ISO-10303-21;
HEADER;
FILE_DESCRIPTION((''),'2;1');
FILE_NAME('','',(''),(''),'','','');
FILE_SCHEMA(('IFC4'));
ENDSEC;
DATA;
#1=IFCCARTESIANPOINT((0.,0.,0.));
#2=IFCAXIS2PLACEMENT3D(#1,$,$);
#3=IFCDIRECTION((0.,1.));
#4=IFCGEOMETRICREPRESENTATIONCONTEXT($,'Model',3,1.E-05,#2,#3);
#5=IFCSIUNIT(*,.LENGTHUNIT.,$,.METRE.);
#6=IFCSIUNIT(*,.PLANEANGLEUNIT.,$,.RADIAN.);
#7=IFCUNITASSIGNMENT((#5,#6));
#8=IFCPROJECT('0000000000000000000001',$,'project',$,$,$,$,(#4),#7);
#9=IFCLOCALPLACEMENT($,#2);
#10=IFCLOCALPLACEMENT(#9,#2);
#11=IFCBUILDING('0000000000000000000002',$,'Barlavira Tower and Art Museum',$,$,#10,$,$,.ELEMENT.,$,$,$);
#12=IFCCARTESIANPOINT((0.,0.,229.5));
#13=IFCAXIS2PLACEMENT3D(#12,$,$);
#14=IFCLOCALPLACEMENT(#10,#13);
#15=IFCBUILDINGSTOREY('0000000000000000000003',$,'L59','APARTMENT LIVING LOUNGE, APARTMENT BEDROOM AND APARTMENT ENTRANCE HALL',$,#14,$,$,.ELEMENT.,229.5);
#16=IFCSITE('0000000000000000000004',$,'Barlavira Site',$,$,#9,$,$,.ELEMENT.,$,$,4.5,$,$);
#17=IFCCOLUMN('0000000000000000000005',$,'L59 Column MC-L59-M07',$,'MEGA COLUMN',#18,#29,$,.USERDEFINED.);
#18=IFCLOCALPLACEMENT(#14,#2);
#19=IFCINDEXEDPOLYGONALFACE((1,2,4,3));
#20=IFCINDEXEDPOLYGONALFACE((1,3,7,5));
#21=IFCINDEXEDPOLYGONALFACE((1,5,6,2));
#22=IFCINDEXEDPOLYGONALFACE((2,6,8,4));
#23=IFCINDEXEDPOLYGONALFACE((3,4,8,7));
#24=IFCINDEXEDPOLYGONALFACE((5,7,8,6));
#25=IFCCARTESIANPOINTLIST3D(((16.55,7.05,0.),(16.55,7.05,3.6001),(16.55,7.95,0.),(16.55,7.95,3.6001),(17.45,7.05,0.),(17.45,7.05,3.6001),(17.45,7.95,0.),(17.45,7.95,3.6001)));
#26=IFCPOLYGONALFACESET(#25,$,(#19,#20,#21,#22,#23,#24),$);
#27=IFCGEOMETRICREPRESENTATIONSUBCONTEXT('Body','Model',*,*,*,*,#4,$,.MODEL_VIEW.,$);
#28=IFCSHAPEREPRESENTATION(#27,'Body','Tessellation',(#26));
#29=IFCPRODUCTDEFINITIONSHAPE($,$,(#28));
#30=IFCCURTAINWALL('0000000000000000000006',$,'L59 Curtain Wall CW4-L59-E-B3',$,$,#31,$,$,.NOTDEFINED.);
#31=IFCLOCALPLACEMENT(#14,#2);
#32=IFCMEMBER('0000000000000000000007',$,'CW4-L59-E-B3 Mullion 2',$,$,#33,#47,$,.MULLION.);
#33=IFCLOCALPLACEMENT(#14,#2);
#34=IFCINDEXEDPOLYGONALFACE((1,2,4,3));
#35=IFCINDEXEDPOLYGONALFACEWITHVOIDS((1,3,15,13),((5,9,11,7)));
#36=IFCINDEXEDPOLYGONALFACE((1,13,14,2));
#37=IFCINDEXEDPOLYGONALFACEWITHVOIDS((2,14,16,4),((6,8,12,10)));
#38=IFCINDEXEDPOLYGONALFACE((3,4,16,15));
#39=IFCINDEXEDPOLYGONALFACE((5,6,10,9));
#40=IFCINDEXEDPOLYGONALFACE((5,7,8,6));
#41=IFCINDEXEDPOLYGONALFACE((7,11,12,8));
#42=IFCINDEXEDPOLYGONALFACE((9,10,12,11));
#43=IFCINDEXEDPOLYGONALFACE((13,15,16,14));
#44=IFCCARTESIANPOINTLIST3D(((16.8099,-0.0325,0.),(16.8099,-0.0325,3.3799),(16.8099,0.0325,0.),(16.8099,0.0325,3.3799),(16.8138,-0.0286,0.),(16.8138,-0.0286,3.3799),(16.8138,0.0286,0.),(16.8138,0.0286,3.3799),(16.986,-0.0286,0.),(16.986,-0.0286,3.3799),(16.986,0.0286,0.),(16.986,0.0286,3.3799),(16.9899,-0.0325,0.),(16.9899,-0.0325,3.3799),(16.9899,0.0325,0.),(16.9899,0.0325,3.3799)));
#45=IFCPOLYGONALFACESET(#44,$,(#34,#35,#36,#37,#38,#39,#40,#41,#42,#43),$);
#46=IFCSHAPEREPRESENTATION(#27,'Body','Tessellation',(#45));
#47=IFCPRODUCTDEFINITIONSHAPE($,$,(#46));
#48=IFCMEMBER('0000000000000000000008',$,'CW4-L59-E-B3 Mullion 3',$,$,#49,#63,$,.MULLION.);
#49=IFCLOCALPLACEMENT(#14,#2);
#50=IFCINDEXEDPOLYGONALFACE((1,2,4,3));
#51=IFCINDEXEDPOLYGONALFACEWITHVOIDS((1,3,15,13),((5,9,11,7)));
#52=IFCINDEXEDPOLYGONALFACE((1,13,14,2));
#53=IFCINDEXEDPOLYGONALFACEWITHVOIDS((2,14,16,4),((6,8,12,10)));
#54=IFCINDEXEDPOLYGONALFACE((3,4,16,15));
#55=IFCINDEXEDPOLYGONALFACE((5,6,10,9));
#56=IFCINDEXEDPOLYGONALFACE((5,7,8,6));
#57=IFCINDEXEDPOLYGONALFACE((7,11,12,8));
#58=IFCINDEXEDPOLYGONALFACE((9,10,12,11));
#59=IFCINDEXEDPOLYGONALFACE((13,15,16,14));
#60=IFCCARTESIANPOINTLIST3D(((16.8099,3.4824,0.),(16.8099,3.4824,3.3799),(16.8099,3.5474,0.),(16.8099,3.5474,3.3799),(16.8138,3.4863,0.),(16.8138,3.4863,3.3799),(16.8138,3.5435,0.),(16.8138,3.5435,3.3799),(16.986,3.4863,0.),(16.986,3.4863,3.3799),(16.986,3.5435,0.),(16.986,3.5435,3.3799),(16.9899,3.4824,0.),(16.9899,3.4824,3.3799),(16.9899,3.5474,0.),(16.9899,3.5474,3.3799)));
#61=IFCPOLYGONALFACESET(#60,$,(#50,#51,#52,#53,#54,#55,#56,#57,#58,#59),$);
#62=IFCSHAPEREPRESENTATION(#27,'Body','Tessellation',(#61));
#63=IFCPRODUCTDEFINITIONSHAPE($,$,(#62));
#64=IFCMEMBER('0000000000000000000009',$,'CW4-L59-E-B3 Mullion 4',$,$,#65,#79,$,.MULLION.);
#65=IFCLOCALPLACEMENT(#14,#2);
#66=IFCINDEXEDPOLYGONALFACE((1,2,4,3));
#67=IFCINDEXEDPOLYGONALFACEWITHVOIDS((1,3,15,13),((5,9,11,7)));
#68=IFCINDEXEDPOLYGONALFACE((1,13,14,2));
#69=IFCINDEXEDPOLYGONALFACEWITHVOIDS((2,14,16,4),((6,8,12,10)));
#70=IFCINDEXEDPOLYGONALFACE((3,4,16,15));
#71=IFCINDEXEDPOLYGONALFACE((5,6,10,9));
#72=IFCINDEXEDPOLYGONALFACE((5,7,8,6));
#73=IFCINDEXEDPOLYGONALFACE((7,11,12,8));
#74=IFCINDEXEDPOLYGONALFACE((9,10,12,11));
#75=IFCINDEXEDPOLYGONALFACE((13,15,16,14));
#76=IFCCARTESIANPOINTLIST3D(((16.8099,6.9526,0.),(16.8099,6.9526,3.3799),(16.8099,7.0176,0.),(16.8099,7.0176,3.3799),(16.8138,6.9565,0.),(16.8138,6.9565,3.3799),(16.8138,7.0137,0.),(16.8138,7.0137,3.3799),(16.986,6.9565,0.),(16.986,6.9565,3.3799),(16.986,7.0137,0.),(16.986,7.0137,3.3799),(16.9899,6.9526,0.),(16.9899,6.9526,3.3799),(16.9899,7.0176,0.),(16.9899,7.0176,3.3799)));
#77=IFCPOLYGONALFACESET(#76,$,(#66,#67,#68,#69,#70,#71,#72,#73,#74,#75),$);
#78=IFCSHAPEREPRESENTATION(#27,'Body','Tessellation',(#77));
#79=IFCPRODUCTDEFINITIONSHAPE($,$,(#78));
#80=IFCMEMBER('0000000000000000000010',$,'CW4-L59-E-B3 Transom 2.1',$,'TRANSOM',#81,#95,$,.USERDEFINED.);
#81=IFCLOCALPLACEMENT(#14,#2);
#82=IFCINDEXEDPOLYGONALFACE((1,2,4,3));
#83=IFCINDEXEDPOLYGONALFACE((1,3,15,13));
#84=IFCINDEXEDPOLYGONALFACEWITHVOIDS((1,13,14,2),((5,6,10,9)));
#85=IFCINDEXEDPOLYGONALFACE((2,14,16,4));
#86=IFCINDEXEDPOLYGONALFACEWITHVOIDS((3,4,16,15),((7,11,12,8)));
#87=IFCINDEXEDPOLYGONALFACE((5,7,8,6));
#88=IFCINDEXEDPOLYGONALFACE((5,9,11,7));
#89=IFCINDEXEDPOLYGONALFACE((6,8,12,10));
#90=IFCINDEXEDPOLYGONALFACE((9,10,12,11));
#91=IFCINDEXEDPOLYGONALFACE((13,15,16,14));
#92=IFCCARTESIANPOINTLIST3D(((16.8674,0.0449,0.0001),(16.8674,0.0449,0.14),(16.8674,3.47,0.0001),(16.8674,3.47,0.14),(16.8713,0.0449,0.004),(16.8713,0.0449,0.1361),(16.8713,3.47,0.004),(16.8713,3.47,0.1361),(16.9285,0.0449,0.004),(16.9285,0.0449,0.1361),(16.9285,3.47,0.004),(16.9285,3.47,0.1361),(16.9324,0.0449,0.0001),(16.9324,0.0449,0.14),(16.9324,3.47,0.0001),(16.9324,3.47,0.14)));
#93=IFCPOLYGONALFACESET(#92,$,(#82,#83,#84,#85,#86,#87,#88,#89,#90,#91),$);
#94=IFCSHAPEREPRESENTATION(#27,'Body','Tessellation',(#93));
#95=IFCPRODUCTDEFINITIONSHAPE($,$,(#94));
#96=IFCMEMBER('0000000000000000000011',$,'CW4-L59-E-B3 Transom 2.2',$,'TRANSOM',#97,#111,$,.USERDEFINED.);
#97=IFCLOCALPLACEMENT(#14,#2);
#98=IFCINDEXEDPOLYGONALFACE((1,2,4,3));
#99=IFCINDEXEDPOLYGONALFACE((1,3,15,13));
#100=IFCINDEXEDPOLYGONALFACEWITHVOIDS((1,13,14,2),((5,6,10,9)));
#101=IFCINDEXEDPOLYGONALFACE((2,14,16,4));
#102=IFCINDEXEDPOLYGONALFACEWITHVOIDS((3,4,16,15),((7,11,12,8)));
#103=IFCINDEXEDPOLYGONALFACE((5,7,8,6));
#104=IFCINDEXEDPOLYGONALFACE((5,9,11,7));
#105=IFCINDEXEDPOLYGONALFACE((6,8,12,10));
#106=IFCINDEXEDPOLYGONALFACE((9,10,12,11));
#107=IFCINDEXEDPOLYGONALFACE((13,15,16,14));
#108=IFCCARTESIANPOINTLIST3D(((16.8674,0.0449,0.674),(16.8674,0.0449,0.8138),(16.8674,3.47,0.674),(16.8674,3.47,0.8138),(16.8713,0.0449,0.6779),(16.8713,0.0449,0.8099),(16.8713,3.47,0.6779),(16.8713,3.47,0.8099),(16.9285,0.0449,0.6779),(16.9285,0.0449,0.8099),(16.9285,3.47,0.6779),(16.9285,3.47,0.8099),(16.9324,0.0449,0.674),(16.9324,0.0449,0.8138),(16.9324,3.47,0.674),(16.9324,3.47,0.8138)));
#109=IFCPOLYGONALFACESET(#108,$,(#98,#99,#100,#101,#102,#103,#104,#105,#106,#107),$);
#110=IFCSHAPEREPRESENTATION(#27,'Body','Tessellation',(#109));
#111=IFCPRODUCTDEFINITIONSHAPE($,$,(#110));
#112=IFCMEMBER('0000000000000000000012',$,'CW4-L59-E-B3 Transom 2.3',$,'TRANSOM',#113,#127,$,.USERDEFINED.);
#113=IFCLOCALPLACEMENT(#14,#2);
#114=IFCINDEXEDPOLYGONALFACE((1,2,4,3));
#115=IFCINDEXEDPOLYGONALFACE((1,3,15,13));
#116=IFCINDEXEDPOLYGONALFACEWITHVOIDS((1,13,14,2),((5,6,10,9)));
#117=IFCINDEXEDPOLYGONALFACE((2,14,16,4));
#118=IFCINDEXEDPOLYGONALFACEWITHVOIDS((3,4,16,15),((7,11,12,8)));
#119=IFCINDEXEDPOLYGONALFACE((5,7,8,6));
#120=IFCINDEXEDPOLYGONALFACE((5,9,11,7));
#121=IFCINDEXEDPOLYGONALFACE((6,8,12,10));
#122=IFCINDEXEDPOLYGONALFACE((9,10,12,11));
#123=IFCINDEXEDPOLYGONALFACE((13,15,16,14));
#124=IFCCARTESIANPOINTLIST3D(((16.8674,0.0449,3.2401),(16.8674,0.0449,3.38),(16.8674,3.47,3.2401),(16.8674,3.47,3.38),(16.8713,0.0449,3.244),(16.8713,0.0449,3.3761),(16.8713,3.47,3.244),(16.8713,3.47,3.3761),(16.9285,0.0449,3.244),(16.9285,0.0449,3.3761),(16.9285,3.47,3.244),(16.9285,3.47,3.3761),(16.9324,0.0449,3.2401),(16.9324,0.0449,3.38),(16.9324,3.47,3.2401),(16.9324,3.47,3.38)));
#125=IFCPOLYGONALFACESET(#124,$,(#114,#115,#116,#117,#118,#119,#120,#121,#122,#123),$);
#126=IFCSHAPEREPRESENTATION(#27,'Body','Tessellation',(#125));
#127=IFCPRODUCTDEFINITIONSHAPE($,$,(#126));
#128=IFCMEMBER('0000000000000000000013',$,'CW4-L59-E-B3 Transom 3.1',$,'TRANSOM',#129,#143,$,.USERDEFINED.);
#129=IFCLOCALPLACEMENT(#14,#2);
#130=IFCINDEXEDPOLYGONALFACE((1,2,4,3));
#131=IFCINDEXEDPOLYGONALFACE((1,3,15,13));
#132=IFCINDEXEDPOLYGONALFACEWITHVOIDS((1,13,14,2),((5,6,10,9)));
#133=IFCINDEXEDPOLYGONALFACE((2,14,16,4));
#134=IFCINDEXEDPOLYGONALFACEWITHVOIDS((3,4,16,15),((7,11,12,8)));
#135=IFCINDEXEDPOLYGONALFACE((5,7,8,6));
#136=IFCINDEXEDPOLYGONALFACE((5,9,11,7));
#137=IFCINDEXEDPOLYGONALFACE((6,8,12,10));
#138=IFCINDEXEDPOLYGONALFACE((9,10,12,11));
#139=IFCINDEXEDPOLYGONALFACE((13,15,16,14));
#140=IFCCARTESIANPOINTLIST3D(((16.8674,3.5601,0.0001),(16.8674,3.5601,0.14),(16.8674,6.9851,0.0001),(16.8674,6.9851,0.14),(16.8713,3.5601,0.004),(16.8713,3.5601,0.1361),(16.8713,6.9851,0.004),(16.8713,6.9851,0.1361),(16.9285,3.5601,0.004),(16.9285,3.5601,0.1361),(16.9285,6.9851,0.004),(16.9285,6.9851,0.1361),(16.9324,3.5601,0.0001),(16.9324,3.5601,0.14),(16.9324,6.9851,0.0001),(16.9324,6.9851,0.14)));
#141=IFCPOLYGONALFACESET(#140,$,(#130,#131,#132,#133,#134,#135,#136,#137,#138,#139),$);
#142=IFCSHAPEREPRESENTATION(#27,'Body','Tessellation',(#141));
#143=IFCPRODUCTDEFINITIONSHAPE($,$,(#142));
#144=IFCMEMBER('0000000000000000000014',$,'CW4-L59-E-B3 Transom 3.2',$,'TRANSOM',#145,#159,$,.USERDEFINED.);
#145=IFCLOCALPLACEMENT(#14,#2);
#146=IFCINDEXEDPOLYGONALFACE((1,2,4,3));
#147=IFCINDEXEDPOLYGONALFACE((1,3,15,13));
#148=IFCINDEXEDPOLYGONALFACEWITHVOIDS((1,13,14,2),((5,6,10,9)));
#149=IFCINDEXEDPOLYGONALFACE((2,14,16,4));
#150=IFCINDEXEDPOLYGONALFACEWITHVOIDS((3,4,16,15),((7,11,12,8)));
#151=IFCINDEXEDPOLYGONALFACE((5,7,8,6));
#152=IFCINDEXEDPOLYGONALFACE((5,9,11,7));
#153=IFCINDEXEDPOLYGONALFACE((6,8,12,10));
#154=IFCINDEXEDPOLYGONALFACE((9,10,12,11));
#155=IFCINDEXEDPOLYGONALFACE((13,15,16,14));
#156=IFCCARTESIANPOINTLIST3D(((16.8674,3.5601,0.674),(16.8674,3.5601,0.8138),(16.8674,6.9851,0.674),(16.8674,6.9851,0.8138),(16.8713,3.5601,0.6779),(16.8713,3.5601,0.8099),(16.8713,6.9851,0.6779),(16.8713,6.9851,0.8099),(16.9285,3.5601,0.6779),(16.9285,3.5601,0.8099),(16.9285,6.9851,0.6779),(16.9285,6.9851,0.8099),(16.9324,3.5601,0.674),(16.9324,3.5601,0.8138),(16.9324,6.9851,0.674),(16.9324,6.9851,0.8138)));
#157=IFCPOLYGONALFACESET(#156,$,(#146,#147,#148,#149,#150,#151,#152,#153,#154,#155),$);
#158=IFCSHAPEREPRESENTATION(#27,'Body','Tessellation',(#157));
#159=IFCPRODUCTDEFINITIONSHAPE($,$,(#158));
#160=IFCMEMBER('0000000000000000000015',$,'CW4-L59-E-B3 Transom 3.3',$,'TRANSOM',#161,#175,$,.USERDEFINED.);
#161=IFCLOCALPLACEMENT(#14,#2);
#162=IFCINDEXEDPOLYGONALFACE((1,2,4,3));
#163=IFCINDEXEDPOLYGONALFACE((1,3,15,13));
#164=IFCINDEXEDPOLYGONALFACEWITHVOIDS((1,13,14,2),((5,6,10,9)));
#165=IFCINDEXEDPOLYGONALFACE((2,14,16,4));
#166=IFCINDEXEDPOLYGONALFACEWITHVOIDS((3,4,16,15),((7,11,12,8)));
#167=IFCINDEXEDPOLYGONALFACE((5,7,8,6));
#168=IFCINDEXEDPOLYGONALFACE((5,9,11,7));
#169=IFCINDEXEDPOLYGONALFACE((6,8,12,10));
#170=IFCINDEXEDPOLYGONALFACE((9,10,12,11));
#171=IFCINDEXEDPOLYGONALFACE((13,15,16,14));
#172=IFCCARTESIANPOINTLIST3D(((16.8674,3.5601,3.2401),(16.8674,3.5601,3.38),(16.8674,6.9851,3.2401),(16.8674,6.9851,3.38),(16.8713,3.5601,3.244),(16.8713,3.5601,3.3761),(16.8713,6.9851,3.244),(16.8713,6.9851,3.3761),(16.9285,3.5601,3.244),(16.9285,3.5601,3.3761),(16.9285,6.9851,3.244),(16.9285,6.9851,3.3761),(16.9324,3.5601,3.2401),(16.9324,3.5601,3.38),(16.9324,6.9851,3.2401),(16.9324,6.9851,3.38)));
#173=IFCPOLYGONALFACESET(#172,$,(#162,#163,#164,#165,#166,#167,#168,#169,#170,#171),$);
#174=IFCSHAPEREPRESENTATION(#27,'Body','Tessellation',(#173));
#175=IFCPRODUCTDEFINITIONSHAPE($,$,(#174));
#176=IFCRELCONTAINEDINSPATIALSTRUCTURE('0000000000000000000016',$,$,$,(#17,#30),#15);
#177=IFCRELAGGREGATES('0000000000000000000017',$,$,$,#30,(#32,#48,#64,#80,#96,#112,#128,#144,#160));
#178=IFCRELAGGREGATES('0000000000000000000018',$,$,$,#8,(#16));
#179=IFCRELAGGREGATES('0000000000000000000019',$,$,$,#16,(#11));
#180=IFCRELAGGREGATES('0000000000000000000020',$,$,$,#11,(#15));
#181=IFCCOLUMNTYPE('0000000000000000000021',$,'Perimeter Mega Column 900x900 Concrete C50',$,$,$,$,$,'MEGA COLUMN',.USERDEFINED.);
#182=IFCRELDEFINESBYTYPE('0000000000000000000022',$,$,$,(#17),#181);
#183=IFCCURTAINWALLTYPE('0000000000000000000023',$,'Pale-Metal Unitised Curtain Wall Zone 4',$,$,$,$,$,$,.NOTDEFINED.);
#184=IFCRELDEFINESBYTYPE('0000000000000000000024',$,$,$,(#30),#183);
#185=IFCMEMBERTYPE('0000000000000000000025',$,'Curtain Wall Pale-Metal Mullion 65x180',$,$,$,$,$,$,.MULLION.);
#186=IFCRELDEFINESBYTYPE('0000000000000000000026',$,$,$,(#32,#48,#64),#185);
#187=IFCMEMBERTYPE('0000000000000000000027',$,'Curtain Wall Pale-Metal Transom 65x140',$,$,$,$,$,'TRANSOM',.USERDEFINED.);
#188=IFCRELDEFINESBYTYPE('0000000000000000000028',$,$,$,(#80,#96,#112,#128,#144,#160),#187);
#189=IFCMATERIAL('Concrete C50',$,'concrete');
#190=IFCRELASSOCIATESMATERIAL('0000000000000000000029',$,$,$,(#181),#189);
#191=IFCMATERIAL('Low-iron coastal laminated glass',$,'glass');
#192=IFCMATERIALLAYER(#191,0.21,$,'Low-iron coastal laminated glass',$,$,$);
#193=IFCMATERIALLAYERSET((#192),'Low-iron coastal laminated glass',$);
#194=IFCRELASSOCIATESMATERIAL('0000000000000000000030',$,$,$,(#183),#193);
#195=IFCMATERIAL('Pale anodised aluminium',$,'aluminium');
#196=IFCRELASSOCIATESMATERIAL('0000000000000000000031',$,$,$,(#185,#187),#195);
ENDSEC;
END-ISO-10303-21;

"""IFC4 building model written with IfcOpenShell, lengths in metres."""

from ifc_helpers import new_model, si_unit, direction, frame, origin, origin_2d, place, context, subcontext, project, spatial, rectangle, hollow_rectangle, extrude, material, layer, layer_set, material_profile, profile_set, type_object, element, aggregate, save


model = new_model("IFC4")

# Units and contexts
model_context = context("Model", 3, precision=1e-05, world=origin(), true_north=direction((0.0, 1.0)))
body_context = subcontext(model_context, "Body", "Model", "MODEL_VIEW")
ifc_project = project(units=[si_unit("LENGTHUNIT", "METRE"), si_unit("PLANEANGLEUNIT", "RADIAN")], contexts=[model_context])

# Site, building, storey
site_placement = place(None, origin())
site = spatial("IfcSite", under=ifc_project, at=site_placement, Name="Barlavira Site", CompositionType="ELEMENT", RefElevation=4.5)
building_placement = place(site_placement, origin())
building = spatial("IfcBuilding", under=site, at=building_placement, Name="Barlavira Tower and Art Museum", CompositionType="ELEMENT")
storey_placement = place(building_placement, frame((0.0, 0.0, 229.5)))
storey = spatial("IfcBuildingStorey", under=building, at=storey_placement, Name="L59", Description="APARTMENT LIVING LOUNGE, APARTMENT BEDROOM AND APARTMENT ENTRANCE HALL", CompositionType="ELEMENT", Elevation=229.5)

# Column
ifc_material_1 = material(Name="Concrete C50", Category="concrete")
ifc_material_profile_1 = material_profile(ifc_material_1, rectangle(XDim=0.8999, YDim=0.8999, at=origin_2d()), Name="RC-COL 900x900")
ifc_profile_set_1 = profile_set([ifc_material_profile_1], Name="Concrete C50")
column_type = type_object("IfcColumnType", Name="Perimeter Mega Column 900x900 Concrete C50", ElementType="MEGA COLUMN", PredefinedType="USERDEFINED", material=ifc_profile_set_1)
column_placement = place(storey_placement, frame((17.0, 7.5, 0.0), z_axis=(0.0, 0.0, 1.0), x_axis=(1.0, 0.0, 0.0)))
element("IfcColumn", 1, at=column_placement, inside=storey, type_object=column_type, Name="L59 Column MC-L59-M07", ObjectType="MEGA COLUMN", PredefinedType="USERDEFINED", context=body_context, shape_type="SweptSolid", body=[
    extrude(rectangle(XDim=0.8999, YDim=0.8999, at=origin_2d()), origin(), (0.0, 0.0, 1.0), 3.6001),
])

# Curtain wall, members
ifc_material_2 = material(Name="Low-iron coastal laminated glass", Category="glass")
ifc_layer_1 = layer(ifc_material_2, 0.21, Name="Low-iron coastal laminated glass")
ifc_layer_set_1 = layer_set([ifc_layer_1], Name="Low-iron coastal laminated glass")
curtain_wall_type = type_object("IfcCurtainWallType", Name="Pale-Metal Unitised Curtain Wall Zone 4", PredefinedType="NOTDEFINED", material=ifc_layer_set_1)
curtain_wall_placement = place(storey_placement, origin())
curtain_wall = element("IfcCurtainWall", 2, at=curtain_wall_placement, inside=storey, type_object=curtain_wall_type, Name="L59 Curtain Wall CW4-L59-E-B3", PredefinedType="NOTDEFINED")
ifc_material_3 = material(Name="Pale anodised aluminium", Category="aluminium")
ifc_material_profile_2 = material_profile(ifc_material_3, hollow_rectangle(XDim=0.0649, YDim=0.1799, WallThickness=0.0039, at=origin_2d()), Name="ALU-MULL 65x180x4")
ifc_profile_set_2 = profile_set([ifc_material_profile_2], Name="Pale anodised aluminium")
member_type_1 = type_object("IfcMemberType", Name="Curtain Wall Pale-Metal Mullion 65x180", PredefinedType="MULLION", material=ifc_profile_set_2)
member_1_placement = place(storey_placement, frame((16.8999, 0.0, 0.0), z_axis=(0.0, 0.0, 1.0), x_axis=(0.0, 1.0, 0.0)))
member_1 = element("IfcMember", 3, at=member_1_placement, type_object=member_type_1, Name="CW4-L59-E-B3 Mullion 2", PredefinedType="MULLION", context=body_context, shape_type="SweptSolid", body=[
    extrude(hollow_rectangle(XDim=0.0649, YDim=0.1799, WallThickness=0.0039, at=origin_2d()), origin(), (0.0, 0.0, 1.0), 3.3799),
])
member_2_placement = place(storey_placement, frame((16.8999, 3.5149, 0.0), z_axis=(0.0, 0.0, 1.0), x_axis=(0.0, 1.0, 0.0)))
member_2 = element("IfcMember", 4, at=member_2_placement, type_object=member_type_1, Name="CW4-L59-E-B3 Mullion 3", PredefinedType="MULLION", context=body_context, shape_type="SweptSolid", body=[
    extrude(hollow_rectangle(XDim=0.0649, YDim=0.1799, WallThickness=0.0039, at=origin_2d()), origin(), (0.0, 0.0, 1.0), 3.3799),
])
member_3_placement = place(storey_placement, frame((16.8999, 6.9851, 0.0), z_axis=(0.0, 0.0, 1.0), x_axis=(0.0, 1.0, 0.0)))
member_3 = element("IfcMember", 5, at=member_3_placement, type_object=member_type_1, Name="CW4-L59-E-B3 Mullion 4", PredefinedType="MULLION", context=body_context, shape_type="SweptSolid", body=[
    extrude(hollow_rectangle(XDim=0.0649, YDim=0.1799, WallThickness=0.0039, at=origin_2d()), origin(), (0.0, 0.0, 1.0), 3.3799),
])
ifc_material_profile_3 = material_profile(ifc_material_3, hollow_rectangle(XDim=0.0649, YDim=0.1399, WallThickness=0.0039, at=origin_2d()), Name="ALU-TRAN 65x140x4")
ifc_profile_set_3 = profile_set([ifc_material_profile_3], Name="Pale anodised aluminium")
member_type_2 = type_object("IfcMemberType", Name="Curtain Wall Pale-Metal Transom 65x140", ElementType="TRANSOM", PredefinedType="USERDEFINED", material=ifc_profile_set_3)
member_4_placement = place(storey_placement, frame((16.8999, 0.0449, 0.0701), z_axis=(0.0, 1.0, 0.0), x_axis=(-1.0, 0.0, 0.0)))
member_4 = element("IfcMember", 6, at=member_4_placement, type_object=member_type_2, Name="CW4-L59-E-B3 Transom 2.1", ObjectType="TRANSOM", PredefinedType="USERDEFINED", context=body_context, shape_type="SweptSolid", body=[
    extrude(hollow_rectangle(XDim=0.0649, YDim=0.1399, WallThickness=0.0039, at=origin_2d()), origin(), (0.0, 0.0, 1.0), 3.425),
])
member_5_placement = place(storey_placement, frame((16.8999, 0.0449, 0.7439), z_axis=(0.0, 1.0, 0.0), x_axis=(-1.0, 0.0, 0.0)))
member_5 = element("IfcMember", 7, at=member_5_placement, type_object=member_type_2, Name="CW4-L59-E-B3 Transom 2.2", ObjectType="TRANSOM", PredefinedType="USERDEFINED", context=body_context, shape_type="SweptSolid", body=[
    extrude(hollow_rectangle(XDim=0.0649, YDim=0.1399, WallThickness=0.0039, at=origin_2d()), origin(), (0.0, 0.0, 1.0), 3.425),
])
member_6_placement = place(storey_placement, frame((16.8999, 0.0449, 3.3101), z_axis=(0.0, 1.0, 0.0), x_axis=(-1.0, 0.0, 0.0)))
member_6 = element("IfcMember", 8, at=member_6_placement, type_object=member_type_2, Name="CW4-L59-E-B3 Transom 2.3", ObjectType="TRANSOM", PredefinedType="USERDEFINED", context=body_context, shape_type="SweptSolid", body=[
    extrude(hollow_rectangle(XDim=0.0649, YDim=0.1399, WallThickness=0.0039, at=origin_2d()), origin(), (0.0, 0.0, 1.0), 3.425),
])
member_7_placement = place(storey_placement, frame((16.8999, 3.5601, 0.0701), z_axis=(0.0, 1.0, 0.0), x_axis=(-1.0, 0.0, 0.0)))
member_7 = element("IfcMember", 9, at=member_7_placement, type_object=member_type_2, Name="CW4-L59-E-B3 Transom 3.1", ObjectType="TRANSOM", PredefinedType="USERDEFINED", context=body_context, shape_type="SweptSolid", body=[
    extrude(hollow_rectangle(XDim=0.0649, YDim=0.1399, WallThickness=0.0039, at=origin_2d()), origin(), (0.0, 0.0, 1.0), 3.425),
])
member_8_placement = place(storey_placement, frame((16.8999, 3.5601, 0.7439), z_axis=(0.0, 1.0, 0.0), x_axis=(-1.0, 0.0, 0.0)))
member_8 = element("IfcMember", 10, at=member_8_placement, type_object=member_type_2, Name="CW4-L59-E-B3 Transom 3.2", ObjectType="TRANSOM", PredefinedType="USERDEFINED", context=body_context, shape_type="SweptSolid", body=[
    extrude(hollow_rectangle(XDim=0.0649, YDim=0.1399, WallThickness=0.0039, at=origin_2d()), origin(), (0.0, 0.0, 1.0), 3.425),
])
member_9_placement = place(storey_placement, frame((16.8999, 3.5601, 3.3101), z_axis=(0.0, 1.0, 0.0), x_axis=(-1.0, 0.0, 0.0)))
member_9 = element("IfcMember", 11, at=member_9_placement, type_object=member_type_2, Name="CW4-L59-E-B3 Transom 3.3", ObjectType="TRANSOM", PredefinedType="USERDEFINED", context=body_context, shape_type="SweptSolid", body=[
    extrude(hollow_rectangle(XDim=0.0649, YDim=0.1399, WallThickness=0.0039, at=origin_2d()), origin(), (0.0, 0.0, 1.0), 3.425),
])

aggregate(curtain_wall, [member_1, member_2, member_3, member_4, member_5, member_6, member_7, member_8, member_9])

save(model, "model.ifc")
